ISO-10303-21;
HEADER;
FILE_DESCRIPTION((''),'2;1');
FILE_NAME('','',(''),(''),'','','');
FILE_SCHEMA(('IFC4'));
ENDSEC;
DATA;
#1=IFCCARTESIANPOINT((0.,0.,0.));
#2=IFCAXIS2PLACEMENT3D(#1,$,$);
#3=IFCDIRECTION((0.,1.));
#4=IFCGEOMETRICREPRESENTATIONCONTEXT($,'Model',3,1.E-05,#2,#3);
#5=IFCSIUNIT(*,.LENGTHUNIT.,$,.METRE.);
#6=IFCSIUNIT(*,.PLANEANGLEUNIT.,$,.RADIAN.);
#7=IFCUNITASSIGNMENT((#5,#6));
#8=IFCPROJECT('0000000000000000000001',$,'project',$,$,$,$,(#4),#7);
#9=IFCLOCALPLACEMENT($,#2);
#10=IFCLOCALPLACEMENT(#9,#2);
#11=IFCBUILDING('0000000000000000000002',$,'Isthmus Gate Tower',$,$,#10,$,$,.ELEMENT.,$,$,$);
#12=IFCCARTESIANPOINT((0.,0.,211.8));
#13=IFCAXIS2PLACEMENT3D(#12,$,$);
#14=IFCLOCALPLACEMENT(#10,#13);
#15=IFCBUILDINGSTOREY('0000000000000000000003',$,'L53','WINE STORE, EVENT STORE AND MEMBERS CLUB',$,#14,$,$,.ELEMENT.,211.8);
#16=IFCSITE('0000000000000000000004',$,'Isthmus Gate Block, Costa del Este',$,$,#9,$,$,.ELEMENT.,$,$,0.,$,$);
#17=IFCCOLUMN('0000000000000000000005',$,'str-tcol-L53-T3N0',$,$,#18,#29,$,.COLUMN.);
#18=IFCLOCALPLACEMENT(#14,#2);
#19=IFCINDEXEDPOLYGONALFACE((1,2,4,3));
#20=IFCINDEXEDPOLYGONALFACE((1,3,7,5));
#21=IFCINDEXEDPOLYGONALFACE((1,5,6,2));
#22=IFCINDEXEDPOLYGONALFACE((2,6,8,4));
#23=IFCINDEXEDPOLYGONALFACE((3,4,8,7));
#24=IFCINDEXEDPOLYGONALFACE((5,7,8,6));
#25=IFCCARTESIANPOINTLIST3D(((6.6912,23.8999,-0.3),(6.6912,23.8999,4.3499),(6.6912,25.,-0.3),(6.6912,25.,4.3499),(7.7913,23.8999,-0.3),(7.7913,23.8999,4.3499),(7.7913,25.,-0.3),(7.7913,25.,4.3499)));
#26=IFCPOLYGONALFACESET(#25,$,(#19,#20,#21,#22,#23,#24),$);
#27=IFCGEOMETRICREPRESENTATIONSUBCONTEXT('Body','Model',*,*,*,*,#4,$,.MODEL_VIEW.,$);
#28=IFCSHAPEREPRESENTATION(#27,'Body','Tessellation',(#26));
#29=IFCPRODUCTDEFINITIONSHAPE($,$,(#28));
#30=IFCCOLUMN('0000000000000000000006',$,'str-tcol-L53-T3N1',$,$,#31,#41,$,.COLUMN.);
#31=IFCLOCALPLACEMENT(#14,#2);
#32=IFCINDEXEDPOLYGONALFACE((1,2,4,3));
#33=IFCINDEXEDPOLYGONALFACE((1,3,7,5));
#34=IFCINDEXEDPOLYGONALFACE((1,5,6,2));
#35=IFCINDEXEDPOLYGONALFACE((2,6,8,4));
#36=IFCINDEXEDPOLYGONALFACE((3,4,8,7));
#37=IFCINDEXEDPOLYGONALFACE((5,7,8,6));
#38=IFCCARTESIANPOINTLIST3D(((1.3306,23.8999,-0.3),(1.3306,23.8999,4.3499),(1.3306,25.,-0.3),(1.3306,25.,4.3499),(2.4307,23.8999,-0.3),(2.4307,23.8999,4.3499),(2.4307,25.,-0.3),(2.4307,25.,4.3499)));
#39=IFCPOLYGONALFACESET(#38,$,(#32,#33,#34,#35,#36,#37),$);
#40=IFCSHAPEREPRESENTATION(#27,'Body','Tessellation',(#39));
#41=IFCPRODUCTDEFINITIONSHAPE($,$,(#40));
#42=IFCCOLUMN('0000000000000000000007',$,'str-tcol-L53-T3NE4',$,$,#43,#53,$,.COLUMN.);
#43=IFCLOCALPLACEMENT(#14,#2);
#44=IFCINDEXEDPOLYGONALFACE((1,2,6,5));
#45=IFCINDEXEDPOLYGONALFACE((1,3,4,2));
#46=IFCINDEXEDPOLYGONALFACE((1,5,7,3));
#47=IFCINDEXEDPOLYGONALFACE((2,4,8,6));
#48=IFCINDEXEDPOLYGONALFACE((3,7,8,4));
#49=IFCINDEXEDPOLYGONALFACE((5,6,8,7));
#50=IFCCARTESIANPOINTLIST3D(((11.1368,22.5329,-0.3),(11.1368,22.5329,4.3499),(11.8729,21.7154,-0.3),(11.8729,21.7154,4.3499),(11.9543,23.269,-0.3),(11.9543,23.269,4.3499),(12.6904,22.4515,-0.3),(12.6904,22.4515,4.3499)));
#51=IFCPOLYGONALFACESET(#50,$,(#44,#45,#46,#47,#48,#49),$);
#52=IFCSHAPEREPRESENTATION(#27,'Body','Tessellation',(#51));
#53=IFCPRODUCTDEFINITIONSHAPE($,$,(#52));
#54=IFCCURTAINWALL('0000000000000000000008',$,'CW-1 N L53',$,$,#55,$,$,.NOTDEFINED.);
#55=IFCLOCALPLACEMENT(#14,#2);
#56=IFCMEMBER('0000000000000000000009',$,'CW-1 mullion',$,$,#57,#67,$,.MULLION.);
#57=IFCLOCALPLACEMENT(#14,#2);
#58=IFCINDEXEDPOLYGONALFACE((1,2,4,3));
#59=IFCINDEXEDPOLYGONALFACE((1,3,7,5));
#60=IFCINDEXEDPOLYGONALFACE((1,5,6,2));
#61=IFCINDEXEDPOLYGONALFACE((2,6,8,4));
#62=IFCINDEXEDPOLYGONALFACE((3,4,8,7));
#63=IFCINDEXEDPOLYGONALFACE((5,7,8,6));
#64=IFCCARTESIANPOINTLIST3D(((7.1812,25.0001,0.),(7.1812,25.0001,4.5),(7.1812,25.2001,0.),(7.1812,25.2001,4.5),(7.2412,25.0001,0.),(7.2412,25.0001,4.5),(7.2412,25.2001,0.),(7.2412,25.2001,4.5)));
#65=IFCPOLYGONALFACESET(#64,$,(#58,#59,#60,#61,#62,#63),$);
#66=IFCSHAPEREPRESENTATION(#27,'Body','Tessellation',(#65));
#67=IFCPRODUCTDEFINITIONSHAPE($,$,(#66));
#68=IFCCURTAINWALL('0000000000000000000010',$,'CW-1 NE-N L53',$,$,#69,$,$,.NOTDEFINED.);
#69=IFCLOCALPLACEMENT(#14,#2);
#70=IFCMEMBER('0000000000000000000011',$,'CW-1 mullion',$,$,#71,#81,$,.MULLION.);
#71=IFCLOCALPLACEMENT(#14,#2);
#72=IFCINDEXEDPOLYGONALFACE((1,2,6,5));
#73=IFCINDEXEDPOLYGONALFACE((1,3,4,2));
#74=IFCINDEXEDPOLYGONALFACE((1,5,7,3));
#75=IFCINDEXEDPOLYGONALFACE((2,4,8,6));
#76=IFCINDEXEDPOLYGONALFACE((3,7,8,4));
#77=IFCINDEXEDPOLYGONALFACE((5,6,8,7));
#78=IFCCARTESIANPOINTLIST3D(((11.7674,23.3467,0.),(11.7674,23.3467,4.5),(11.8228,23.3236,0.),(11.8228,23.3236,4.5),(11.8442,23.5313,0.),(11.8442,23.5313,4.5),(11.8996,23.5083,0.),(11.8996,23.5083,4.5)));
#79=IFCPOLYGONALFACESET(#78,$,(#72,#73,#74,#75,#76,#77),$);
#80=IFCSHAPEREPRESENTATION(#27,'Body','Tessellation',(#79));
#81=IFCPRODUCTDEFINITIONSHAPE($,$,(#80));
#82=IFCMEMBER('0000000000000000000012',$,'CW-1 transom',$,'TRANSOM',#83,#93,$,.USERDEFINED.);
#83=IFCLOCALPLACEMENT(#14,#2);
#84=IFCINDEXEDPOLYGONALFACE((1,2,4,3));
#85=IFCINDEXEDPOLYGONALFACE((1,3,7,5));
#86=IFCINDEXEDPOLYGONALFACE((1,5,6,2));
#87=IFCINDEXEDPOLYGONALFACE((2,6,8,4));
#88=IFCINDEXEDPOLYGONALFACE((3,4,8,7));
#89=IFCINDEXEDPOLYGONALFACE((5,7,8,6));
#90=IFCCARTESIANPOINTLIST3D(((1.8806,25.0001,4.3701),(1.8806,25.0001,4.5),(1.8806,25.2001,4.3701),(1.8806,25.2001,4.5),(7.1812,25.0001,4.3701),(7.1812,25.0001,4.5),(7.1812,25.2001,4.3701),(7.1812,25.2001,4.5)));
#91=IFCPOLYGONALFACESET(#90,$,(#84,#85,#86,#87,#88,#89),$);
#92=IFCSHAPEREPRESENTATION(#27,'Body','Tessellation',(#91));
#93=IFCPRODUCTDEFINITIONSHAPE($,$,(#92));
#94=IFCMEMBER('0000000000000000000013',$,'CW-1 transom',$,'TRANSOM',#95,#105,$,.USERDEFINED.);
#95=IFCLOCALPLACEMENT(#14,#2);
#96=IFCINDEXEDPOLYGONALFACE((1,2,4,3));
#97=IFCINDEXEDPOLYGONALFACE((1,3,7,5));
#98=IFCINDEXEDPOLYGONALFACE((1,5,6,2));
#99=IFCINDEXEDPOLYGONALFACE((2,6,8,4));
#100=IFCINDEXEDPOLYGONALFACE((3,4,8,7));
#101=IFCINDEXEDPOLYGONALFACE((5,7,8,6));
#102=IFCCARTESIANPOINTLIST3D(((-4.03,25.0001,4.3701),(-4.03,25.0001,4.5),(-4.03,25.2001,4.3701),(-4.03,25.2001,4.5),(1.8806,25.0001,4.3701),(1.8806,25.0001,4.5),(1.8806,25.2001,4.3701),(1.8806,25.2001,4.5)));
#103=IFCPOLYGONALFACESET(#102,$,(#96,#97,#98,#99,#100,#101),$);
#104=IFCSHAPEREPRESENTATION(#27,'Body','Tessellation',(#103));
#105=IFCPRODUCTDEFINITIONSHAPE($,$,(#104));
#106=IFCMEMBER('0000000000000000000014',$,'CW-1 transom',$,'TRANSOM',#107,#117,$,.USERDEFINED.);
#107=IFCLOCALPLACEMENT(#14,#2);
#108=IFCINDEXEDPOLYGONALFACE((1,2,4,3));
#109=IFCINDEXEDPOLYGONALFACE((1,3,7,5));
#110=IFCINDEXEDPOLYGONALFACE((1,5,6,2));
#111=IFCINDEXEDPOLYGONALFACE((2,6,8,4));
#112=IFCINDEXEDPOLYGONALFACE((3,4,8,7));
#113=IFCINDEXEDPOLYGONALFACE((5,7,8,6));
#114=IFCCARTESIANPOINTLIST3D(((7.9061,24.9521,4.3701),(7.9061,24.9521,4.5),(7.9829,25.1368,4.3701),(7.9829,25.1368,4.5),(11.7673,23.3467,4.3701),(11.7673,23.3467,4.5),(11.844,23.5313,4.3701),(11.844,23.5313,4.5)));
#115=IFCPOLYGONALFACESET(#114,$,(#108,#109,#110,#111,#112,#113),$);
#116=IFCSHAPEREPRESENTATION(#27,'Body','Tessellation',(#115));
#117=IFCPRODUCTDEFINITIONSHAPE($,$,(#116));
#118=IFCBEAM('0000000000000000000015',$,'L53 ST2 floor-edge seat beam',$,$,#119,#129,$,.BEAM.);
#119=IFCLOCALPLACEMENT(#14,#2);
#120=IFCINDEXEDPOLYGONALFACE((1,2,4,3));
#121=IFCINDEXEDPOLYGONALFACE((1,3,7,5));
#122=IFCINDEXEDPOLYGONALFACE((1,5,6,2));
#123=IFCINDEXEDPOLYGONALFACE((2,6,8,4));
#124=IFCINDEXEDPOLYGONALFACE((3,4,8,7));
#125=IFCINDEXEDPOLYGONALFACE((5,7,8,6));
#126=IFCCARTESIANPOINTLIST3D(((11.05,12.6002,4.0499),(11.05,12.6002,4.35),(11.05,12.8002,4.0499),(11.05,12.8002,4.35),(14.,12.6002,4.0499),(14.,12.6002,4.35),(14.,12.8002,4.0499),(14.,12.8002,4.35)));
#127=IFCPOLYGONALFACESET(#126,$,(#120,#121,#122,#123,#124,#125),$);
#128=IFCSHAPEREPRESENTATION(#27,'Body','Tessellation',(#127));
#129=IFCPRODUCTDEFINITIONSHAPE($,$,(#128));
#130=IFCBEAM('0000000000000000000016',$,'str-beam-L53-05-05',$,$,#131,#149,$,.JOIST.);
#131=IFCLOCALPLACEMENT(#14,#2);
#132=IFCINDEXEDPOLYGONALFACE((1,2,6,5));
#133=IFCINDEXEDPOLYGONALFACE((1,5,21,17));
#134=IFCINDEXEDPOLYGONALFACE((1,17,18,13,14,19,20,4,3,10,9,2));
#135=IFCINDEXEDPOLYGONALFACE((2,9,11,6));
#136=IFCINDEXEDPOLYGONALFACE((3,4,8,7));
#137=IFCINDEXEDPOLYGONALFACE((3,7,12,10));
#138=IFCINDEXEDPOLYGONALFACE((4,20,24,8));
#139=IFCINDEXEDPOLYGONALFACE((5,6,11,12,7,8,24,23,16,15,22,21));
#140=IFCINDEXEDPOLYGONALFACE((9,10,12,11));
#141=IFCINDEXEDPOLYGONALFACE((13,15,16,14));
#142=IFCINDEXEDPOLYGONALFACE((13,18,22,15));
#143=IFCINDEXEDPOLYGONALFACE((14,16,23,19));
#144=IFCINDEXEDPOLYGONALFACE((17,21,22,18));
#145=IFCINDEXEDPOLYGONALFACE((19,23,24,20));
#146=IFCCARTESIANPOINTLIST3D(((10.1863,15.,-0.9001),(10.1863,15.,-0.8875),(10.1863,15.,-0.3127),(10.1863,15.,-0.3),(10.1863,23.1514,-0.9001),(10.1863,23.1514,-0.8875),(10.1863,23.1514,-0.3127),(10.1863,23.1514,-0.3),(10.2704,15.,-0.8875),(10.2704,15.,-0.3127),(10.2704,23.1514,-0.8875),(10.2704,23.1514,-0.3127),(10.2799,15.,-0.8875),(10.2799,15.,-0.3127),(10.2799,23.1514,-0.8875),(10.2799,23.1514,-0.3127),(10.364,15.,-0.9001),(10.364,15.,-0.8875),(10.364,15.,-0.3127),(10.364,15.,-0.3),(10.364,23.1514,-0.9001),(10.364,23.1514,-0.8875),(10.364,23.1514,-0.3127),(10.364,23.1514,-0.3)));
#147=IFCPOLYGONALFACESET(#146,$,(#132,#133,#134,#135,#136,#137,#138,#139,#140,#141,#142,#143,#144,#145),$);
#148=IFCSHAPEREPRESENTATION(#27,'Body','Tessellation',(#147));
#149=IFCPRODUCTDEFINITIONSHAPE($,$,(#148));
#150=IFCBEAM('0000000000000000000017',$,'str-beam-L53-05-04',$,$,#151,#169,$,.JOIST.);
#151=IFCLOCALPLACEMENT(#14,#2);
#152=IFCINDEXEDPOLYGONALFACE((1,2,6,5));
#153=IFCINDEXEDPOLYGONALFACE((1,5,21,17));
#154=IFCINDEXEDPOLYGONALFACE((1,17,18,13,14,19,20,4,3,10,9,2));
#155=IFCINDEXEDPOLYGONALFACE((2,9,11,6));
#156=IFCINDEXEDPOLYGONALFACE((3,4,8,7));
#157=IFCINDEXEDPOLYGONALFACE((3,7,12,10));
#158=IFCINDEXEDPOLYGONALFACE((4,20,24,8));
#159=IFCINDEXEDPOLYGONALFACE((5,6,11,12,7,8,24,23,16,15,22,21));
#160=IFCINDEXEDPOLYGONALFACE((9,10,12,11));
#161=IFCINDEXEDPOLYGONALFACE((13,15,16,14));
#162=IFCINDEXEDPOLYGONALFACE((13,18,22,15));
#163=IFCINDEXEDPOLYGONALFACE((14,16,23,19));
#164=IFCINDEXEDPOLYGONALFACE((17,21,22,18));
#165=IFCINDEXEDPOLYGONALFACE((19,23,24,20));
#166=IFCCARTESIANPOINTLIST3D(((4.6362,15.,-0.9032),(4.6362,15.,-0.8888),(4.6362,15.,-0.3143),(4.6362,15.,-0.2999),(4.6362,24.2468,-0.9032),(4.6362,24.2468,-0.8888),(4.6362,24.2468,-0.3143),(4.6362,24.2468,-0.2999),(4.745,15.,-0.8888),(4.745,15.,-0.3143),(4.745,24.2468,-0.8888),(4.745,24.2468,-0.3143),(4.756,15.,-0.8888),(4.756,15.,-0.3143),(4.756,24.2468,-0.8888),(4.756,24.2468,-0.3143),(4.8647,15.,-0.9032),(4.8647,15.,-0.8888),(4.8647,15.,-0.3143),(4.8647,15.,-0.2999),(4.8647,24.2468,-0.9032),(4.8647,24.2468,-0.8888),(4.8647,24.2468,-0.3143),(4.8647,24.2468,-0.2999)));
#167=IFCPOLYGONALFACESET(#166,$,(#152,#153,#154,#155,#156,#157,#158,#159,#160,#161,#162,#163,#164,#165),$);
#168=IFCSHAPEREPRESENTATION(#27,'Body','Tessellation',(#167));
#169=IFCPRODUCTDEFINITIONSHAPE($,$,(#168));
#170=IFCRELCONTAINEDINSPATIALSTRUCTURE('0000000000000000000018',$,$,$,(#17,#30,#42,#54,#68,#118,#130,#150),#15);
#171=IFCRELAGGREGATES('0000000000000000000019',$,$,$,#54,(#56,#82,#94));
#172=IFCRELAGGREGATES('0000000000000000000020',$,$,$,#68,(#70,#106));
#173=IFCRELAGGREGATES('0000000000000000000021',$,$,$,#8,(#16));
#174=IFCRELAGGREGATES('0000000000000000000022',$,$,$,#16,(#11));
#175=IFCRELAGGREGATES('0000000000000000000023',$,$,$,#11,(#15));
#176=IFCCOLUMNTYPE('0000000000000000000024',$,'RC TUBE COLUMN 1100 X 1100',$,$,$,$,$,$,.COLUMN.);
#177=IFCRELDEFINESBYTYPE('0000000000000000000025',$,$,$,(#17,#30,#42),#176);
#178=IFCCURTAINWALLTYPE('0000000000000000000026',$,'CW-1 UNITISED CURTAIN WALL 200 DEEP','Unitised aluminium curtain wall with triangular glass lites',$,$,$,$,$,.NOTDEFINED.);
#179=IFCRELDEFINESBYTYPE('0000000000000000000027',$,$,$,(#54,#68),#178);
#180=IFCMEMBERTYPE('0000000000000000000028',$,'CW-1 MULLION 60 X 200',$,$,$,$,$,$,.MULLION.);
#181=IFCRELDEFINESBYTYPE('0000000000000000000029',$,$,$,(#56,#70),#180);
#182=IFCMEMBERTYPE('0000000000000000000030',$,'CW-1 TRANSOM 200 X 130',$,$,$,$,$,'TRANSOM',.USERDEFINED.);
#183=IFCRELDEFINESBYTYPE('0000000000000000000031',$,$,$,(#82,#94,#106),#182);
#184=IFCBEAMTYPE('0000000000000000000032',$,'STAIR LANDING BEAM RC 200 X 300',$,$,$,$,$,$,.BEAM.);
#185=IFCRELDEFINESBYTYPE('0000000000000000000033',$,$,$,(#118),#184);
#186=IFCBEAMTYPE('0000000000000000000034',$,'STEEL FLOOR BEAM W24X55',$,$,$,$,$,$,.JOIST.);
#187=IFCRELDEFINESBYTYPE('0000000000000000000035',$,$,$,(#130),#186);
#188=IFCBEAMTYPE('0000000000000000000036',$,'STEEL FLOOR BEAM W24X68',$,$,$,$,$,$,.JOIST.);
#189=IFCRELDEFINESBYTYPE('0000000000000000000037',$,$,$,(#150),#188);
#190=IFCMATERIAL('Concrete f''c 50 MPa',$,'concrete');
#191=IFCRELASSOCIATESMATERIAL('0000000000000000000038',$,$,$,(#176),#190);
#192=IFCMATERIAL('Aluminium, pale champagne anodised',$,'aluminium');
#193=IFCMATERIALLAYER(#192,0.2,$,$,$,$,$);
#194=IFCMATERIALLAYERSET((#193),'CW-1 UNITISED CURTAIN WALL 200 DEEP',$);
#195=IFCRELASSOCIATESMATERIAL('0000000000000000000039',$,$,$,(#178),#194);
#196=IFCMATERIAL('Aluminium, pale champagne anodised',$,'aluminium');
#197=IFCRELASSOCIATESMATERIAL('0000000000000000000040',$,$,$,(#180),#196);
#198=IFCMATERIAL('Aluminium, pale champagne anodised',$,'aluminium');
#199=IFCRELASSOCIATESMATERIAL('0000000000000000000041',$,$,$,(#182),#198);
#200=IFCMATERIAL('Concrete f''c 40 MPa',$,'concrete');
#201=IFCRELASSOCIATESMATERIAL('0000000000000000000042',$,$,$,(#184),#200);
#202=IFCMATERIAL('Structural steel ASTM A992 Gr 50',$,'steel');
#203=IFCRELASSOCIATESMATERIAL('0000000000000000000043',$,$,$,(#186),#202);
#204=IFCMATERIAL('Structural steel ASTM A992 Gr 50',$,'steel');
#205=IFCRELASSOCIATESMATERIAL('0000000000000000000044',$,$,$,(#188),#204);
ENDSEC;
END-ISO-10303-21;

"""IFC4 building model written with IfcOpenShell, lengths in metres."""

from ifc_helpers import new_model, si_unit, direction, frame, origin, origin_2d, place, context, subcontext, project, spatial, rectangle, i_section, extrude, material, layer, layer_set, material_profile, profile_set, type_object, element, aggregate, save


model = new_model("IFC4")

# Units and contexts
model_context = context("Model", 3, precision=1e-05, world=origin(), true_north=direction((0.0, 1.0)))
body_context = subcontext(model_context, "Body", "Model", "MODEL_VIEW")
ifc_project = project(units=[si_unit("LENGTHUNIT", "METRE"), si_unit("PLANEANGLEUNIT", "RADIAN")], contexts=[model_context])

# Site, building, storey
site_placement = place(None, origin())
site = spatial("IfcSite", under=ifc_project, at=site_placement, Name="Isthmus Gate Block, Costa del Este", CompositionType="ELEMENT", RefElevation=0.0)
building_placement = place(site_placement, origin())
building = spatial("IfcBuilding", under=site, at=building_placement, Name="Isthmus Gate Tower", CompositionType="ELEMENT")
storey_placement = place(building_placement, frame((0.0, 0.0, 211.8)))
storey = spatial("IfcBuildingStorey", under=building, at=storey_placement, Name="L53", Description="WINE STORE, EVENT STORE AND MEMBERS CLUB", CompositionType="ELEMENT", Elevation=211.8)

# Columns
ifc_material_1 = material(Name="Concrete f'c 50 MPa", Category="concrete")
ifc_material_profile_1 = material_profile(ifc_material_1, rectangle(XDim=1.1001, YDim=1.1001, at=origin_2d()), Name="RC 1100X1100")
ifc_profile_set_1 = profile_set([ifc_material_profile_1], Name="Concrete f'c 50 MPa")
column_type = type_object("IfcColumnType", Name="RC TUBE COLUMN 1100 X 1100", PredefinedType="COLUMN", material=ifc_profile_set_1)
for number, where, z_axis, x_axis, name in (
    (1, (7.2412, 24.45, -0.3), (0.0, 0.0, 1.0), (-1.0, 0.0, 0.0), "str-tcol-L53-T3N0"),
    (2, (1.8806, 24.45, -0.3), (0.0, 0.0, 1.0), (-1.0, 0.0, 0.0), "str-tcol-L53-T3N1"),
    (3, (11.9136, 22.4922, -0.3), (0.0, 0.0, 1.0), (-0.669131, 0.743145, 0.0), "str-tcol-L53-T3NE4"),
):
    element("IfcColumn", number, at=place(storey_placement, frame(where, z_axis=z_axis, x_axis=x_axis)), inside=storey, type_object=column_type, Name=name, PredefinedType="COLUMN", context=body_context, shape_type="SweptSolid", body=[
        extrude(rectangle(XDim=1.1001, YDim=1.1001, at=origin_2d()), origin(), (0.0, 0.0, 1.0), 4.6499),
    ])

# Curtain walls, members
ifc_material_2 = material(Name="Aluminium, pale champagne anodised", Category="aluminium")
ifc_layer_1 = layer(ifc_material_2, 0.2)
ifc_layer_set_1 = layer_set([ifc_layer_1], Name="CW-1 UNITISED CURTAIN WALL 200 DEEP")
curtain_wall_type = type_object("IfcCurtainWallType", Name="CW-1 UNITISED CURTAIN WALL 200 DEEP", Description="Unitised aluminium curtain wall with triangular glass lites", PredefinedType="NOTDEFINED", material=ifc_layer_set_1)
curtain_wall_1_placement = place(storey_placement, origin())
curtain_wall_1 = element("IfcCurtainWall", 4, at=curtain_wall_1_placement, inside=storey, type_object=curtain_wall_type, Name="CW-1 N L53", PredefinedType="NOTDEFINED")
ifc_material_3 = material(Name="Aluminium, pale champagne anodised", Category="aluminium")
ifc_material_profile_2 = material_profile(ifc_material_3, rectangle(XDim=0.0601, YDim=0.2, at=origin_2d()), Name="60x200")
ifc_profile_set_2 = profile_set([ifc_material_profile_2], Name="Aluminium, pale champagne anodised")
member_type_1 = type_object("IfcMemberType", Name="CW-1 MULLION 60 X 200", PredefinedType="MULLION", material=ifc_profile_set_2)
member_1_placement = place(storey_placement, frame((7.2112, 25.1001, 0.0), z_axis=(0.0, 0.0, 1.0), x_axis=(-1.0, 0.0, 0.0)))
member_1 = element("IfcMember", 5, at=member_1_placement, type_object=member_type_1, Name="CW-1 mullion", PredefinedType="MULLION", context=body_context, shape_type="SweptSolid", body=[
    extrude(rectangle(XDim=0.0601, YDim=0.2, at=origin_2d()), origin(), (0.0, 0.0, 1.0), 4.5),
])
curtain_wall_2_placement = place(storey_placement, origin())
curtain_wall_2 = element("IfcCurtainWall", 6, at=curtain_wall_2_placement, inside=storey, type_object=curtain_wall_type, Name="CW-1 NE-N L53", PredefinedType="NOTDEFINED")
member_2_placement = place(storey_placement, frame((11.8335, 23.4275, 0.0), z_axis=(0.0, 0.0, 1.0), x_axis=(-0.923353, 0.383952, 0.0)))
member_2 = element("IfcMember", 7, at=member_2_placement, type_object=member_type_1, Name="CW-1 mullion", PredefinedType="MULLION", context=body_context, shape_type="SweptSolid", body=[
    extrude(rectangle(XDim=0.0601, YDim=0.2, at=origin_2d()), origin(), (0.0, 0.0, 1.0), 4.5),
])

# Members
ifc_material_4 = material(Name="Aluminium, pale champagne anodised", Category="aluminium")
ifc_material_profile_3 = material_profile(ifc_material_4, rectangle(XDim=0.2, YDim=0.1299, at=origin_2d()), Name="200x130")
ifc_profile_set_3 = profile_set([ifc_material_profile_3], Name="Aluminium, pale champagne anodised")
member_type_2 = type_object("IfcMemberType", Name="CW-1 TRANSOM 200 X 130", ElementType="TRANSOM", PredefinedType="USERDEFINED", material=ifc_profile_set_3)
member_3_placement = place(storey_placement, frame((7.1812, 25.1001, 4.4351), z_axis=(-1.0, 0.0, 0.0), x_axis=(0.0, -1.0, 0.0)))
member_3 = element("IfcMember", 8, at=member_3_placement, type_object=member_type_2, Name="CW-1 transom", ObjectType="TRANSOM", PredefinedType="USERDEFINED", context=body_context, shape_type="SweptSolid", body=[
    extrude(rectangle(XDim=0.2, YDim=0.1299, at=origin_2d()), origin(), (0.0, 0.0, 1.0), 5.3005),
])
member_4_placement = place(storey_placement, frame((1.8806, 25.1001, 4.4351), z_axis=(-1.0, 0.0, 0.0), x_axis=(0.0, -1.0, 0.0)))
member_4 = element("IfcMember", 9, at=member_4_placement, type_object=member_type_2, Name="CW-1 transom", ObjectType="TRANSOM", PredefinedType="USERDEFINED", context=body_context, shape_type="SweptSolid", body=[
    extrude(rectangle(XDim=0.2, YDim=0.1299, at=origin_2d()), origin(), (0.0, 0.0, 1.0), 5.9106),
])
member_5_placement = place(storey_placement, frame((11.8057, 23.439, 4.4351), z_axis=(-0.923358, 0.38394, 0.0), x_axis=(-0.38394, -0.923358, 0.0)))
member_5 = element("IfcMember", 10, at=member_5_placement, type_object=member_type_2, Name="CW-1 transom", ObjectType="TRANSOM", PredefinedType="USERDEFINED", context=body_context, shape_type="SweptSolid", body=[
    extrude(rectangle(XDim=0.2, YDim=0.1299, at=origin_2d()), origin(), (0.0, 0.0, 1.0), 4.1816),
])

# Beams
ifc_material_5 = material(Name="Concrete f'c 40 MPa", Category="concrete")
ifc_material_profile_4 = material_profile(ifc_material_5, rectangle(XDim=0.2, YDim=0.3, at=origin_2d()), Name="STAIR LANDING BEAM RC 200 X 300")
ifc_profile_set_4 = profile_set([ifc_material_profile_4], Name="Concrete f'c 40 MPa")
beam_type_1 = type_object("IfcBeamType", Name="STAIR LANDING BEAM RC 200 X 300", PredefinedType="BEAM", material=ifc_profile_set_4)
beam_1_placement = place(storey_placement, frame((11.05, 12.7002, 4.2), z_axis=(1.0, 0.0, 0.0), x_axis=(0.0, 1.0, 0.0)))
element("IfcBeam", 11, at=beam_1_placement, inside=storey, type_object=beam_type_1, Name="L53 ST2 floor-edge seat beam", PredefinedType="BEAM", context=body_context, shape_type="SweptSolid", body=[
    extrude(rectangle(XDim=0.2, YDim=0.3, at=origin_2d()), origin(), (0.0, 0.0, 1.0), 2.95),
])
ifc_material_6 = material(Name="Structural steel ASTM A992 Gr 50", Category="steel")
ifc_material_profile_5 = material_profile(ifc_material_6, i_section(OverallWidth=0.1777, OverallDepth=0.6001, WebThickness=0.0095, FlangeThickness=0.0127, at=origin_2d()), Name="W24X55")
ifc_profile_set_5 = profile_set([ifc_material_profile_5], Name="Structural steel ASTM A992 Gr 50")
beam_type_2 = type_object("IfcBeamType", Name="STEEL FLOOR BEAM W24X55", PredefinedType="JOIST", material=ifc_profile_set_5)
beam_2_placement = place(storey_placement, frame((10.2751, 15.0, -0.6001), z_axis=(0.0, 1.0, 0.0), x_axis=(-1.0, 0.0, 0.0)))
element("IfcBeam", 12, at=beam_2_placement, inside=storey, type_object=beam_type_2, Name="str-beam-L53-05-05", PredefinedType="JOIST", context=body_context, shape_type="SweptSolid", body=[
    extrude(i_section(OverallWidth=0.1777, OverallDepth=0.6001, WebThickness=0.0095, FlangeThickness=0.0127, at=origin_2d()), origin(), (0.0, 0.0, 1.0), 8.1514),
])
ifc_material_7 = material(Name="Structural steel ASTM A992 Gr 50", Category="steel")
ifc_material_profile_6 = material_profile(ifc_material_7, i_section(OverallWidth=0.2285, OverallDepth=0.6033, WebThickness=0.011, FlangeThickness=0.0144, at=origin_2d()), Name="W24X68")
ifc_profile_set_6 = profile_set([ifc_material_profile_6], Name="Structural steel ASTM A992 Gr 50")
beam_type_3 = type_object("IfcBeamType", Name="STEEL FLOOR BEAM W24X68", PredefinedType="JOIST", material=ifc_profile_set_6)
beam_3_placement = place(storey_placement, frame((4.7505, 15.0, -0.6016), z_axis=(0.0, 1.0, 0.0), x_axis=(-1.0, 0.0, 0.0)))
element("IfcBeam", 13, at=beam_3_placement, inside=storey, type_object=beam_type_3, Name="str-beam-L53-05-04", PredefinedType="JOIST", context=body_context, shape_type="SweptSolid", body=[
    extrude(i_section(OverallWidth=0.2285, OverallDepth=0.6033, WebThickness=0.011, FlangeThickness=0.0144, at=origin_2d()), origin(), (0.0, 0.0, 1.0), 9.2468),
])

aggregate(curtain_wall_1, [member_1, member_3, member_4])
aggregate(curtain_wall_2, [member_2, member_5])

save(model, "model.ifc")
